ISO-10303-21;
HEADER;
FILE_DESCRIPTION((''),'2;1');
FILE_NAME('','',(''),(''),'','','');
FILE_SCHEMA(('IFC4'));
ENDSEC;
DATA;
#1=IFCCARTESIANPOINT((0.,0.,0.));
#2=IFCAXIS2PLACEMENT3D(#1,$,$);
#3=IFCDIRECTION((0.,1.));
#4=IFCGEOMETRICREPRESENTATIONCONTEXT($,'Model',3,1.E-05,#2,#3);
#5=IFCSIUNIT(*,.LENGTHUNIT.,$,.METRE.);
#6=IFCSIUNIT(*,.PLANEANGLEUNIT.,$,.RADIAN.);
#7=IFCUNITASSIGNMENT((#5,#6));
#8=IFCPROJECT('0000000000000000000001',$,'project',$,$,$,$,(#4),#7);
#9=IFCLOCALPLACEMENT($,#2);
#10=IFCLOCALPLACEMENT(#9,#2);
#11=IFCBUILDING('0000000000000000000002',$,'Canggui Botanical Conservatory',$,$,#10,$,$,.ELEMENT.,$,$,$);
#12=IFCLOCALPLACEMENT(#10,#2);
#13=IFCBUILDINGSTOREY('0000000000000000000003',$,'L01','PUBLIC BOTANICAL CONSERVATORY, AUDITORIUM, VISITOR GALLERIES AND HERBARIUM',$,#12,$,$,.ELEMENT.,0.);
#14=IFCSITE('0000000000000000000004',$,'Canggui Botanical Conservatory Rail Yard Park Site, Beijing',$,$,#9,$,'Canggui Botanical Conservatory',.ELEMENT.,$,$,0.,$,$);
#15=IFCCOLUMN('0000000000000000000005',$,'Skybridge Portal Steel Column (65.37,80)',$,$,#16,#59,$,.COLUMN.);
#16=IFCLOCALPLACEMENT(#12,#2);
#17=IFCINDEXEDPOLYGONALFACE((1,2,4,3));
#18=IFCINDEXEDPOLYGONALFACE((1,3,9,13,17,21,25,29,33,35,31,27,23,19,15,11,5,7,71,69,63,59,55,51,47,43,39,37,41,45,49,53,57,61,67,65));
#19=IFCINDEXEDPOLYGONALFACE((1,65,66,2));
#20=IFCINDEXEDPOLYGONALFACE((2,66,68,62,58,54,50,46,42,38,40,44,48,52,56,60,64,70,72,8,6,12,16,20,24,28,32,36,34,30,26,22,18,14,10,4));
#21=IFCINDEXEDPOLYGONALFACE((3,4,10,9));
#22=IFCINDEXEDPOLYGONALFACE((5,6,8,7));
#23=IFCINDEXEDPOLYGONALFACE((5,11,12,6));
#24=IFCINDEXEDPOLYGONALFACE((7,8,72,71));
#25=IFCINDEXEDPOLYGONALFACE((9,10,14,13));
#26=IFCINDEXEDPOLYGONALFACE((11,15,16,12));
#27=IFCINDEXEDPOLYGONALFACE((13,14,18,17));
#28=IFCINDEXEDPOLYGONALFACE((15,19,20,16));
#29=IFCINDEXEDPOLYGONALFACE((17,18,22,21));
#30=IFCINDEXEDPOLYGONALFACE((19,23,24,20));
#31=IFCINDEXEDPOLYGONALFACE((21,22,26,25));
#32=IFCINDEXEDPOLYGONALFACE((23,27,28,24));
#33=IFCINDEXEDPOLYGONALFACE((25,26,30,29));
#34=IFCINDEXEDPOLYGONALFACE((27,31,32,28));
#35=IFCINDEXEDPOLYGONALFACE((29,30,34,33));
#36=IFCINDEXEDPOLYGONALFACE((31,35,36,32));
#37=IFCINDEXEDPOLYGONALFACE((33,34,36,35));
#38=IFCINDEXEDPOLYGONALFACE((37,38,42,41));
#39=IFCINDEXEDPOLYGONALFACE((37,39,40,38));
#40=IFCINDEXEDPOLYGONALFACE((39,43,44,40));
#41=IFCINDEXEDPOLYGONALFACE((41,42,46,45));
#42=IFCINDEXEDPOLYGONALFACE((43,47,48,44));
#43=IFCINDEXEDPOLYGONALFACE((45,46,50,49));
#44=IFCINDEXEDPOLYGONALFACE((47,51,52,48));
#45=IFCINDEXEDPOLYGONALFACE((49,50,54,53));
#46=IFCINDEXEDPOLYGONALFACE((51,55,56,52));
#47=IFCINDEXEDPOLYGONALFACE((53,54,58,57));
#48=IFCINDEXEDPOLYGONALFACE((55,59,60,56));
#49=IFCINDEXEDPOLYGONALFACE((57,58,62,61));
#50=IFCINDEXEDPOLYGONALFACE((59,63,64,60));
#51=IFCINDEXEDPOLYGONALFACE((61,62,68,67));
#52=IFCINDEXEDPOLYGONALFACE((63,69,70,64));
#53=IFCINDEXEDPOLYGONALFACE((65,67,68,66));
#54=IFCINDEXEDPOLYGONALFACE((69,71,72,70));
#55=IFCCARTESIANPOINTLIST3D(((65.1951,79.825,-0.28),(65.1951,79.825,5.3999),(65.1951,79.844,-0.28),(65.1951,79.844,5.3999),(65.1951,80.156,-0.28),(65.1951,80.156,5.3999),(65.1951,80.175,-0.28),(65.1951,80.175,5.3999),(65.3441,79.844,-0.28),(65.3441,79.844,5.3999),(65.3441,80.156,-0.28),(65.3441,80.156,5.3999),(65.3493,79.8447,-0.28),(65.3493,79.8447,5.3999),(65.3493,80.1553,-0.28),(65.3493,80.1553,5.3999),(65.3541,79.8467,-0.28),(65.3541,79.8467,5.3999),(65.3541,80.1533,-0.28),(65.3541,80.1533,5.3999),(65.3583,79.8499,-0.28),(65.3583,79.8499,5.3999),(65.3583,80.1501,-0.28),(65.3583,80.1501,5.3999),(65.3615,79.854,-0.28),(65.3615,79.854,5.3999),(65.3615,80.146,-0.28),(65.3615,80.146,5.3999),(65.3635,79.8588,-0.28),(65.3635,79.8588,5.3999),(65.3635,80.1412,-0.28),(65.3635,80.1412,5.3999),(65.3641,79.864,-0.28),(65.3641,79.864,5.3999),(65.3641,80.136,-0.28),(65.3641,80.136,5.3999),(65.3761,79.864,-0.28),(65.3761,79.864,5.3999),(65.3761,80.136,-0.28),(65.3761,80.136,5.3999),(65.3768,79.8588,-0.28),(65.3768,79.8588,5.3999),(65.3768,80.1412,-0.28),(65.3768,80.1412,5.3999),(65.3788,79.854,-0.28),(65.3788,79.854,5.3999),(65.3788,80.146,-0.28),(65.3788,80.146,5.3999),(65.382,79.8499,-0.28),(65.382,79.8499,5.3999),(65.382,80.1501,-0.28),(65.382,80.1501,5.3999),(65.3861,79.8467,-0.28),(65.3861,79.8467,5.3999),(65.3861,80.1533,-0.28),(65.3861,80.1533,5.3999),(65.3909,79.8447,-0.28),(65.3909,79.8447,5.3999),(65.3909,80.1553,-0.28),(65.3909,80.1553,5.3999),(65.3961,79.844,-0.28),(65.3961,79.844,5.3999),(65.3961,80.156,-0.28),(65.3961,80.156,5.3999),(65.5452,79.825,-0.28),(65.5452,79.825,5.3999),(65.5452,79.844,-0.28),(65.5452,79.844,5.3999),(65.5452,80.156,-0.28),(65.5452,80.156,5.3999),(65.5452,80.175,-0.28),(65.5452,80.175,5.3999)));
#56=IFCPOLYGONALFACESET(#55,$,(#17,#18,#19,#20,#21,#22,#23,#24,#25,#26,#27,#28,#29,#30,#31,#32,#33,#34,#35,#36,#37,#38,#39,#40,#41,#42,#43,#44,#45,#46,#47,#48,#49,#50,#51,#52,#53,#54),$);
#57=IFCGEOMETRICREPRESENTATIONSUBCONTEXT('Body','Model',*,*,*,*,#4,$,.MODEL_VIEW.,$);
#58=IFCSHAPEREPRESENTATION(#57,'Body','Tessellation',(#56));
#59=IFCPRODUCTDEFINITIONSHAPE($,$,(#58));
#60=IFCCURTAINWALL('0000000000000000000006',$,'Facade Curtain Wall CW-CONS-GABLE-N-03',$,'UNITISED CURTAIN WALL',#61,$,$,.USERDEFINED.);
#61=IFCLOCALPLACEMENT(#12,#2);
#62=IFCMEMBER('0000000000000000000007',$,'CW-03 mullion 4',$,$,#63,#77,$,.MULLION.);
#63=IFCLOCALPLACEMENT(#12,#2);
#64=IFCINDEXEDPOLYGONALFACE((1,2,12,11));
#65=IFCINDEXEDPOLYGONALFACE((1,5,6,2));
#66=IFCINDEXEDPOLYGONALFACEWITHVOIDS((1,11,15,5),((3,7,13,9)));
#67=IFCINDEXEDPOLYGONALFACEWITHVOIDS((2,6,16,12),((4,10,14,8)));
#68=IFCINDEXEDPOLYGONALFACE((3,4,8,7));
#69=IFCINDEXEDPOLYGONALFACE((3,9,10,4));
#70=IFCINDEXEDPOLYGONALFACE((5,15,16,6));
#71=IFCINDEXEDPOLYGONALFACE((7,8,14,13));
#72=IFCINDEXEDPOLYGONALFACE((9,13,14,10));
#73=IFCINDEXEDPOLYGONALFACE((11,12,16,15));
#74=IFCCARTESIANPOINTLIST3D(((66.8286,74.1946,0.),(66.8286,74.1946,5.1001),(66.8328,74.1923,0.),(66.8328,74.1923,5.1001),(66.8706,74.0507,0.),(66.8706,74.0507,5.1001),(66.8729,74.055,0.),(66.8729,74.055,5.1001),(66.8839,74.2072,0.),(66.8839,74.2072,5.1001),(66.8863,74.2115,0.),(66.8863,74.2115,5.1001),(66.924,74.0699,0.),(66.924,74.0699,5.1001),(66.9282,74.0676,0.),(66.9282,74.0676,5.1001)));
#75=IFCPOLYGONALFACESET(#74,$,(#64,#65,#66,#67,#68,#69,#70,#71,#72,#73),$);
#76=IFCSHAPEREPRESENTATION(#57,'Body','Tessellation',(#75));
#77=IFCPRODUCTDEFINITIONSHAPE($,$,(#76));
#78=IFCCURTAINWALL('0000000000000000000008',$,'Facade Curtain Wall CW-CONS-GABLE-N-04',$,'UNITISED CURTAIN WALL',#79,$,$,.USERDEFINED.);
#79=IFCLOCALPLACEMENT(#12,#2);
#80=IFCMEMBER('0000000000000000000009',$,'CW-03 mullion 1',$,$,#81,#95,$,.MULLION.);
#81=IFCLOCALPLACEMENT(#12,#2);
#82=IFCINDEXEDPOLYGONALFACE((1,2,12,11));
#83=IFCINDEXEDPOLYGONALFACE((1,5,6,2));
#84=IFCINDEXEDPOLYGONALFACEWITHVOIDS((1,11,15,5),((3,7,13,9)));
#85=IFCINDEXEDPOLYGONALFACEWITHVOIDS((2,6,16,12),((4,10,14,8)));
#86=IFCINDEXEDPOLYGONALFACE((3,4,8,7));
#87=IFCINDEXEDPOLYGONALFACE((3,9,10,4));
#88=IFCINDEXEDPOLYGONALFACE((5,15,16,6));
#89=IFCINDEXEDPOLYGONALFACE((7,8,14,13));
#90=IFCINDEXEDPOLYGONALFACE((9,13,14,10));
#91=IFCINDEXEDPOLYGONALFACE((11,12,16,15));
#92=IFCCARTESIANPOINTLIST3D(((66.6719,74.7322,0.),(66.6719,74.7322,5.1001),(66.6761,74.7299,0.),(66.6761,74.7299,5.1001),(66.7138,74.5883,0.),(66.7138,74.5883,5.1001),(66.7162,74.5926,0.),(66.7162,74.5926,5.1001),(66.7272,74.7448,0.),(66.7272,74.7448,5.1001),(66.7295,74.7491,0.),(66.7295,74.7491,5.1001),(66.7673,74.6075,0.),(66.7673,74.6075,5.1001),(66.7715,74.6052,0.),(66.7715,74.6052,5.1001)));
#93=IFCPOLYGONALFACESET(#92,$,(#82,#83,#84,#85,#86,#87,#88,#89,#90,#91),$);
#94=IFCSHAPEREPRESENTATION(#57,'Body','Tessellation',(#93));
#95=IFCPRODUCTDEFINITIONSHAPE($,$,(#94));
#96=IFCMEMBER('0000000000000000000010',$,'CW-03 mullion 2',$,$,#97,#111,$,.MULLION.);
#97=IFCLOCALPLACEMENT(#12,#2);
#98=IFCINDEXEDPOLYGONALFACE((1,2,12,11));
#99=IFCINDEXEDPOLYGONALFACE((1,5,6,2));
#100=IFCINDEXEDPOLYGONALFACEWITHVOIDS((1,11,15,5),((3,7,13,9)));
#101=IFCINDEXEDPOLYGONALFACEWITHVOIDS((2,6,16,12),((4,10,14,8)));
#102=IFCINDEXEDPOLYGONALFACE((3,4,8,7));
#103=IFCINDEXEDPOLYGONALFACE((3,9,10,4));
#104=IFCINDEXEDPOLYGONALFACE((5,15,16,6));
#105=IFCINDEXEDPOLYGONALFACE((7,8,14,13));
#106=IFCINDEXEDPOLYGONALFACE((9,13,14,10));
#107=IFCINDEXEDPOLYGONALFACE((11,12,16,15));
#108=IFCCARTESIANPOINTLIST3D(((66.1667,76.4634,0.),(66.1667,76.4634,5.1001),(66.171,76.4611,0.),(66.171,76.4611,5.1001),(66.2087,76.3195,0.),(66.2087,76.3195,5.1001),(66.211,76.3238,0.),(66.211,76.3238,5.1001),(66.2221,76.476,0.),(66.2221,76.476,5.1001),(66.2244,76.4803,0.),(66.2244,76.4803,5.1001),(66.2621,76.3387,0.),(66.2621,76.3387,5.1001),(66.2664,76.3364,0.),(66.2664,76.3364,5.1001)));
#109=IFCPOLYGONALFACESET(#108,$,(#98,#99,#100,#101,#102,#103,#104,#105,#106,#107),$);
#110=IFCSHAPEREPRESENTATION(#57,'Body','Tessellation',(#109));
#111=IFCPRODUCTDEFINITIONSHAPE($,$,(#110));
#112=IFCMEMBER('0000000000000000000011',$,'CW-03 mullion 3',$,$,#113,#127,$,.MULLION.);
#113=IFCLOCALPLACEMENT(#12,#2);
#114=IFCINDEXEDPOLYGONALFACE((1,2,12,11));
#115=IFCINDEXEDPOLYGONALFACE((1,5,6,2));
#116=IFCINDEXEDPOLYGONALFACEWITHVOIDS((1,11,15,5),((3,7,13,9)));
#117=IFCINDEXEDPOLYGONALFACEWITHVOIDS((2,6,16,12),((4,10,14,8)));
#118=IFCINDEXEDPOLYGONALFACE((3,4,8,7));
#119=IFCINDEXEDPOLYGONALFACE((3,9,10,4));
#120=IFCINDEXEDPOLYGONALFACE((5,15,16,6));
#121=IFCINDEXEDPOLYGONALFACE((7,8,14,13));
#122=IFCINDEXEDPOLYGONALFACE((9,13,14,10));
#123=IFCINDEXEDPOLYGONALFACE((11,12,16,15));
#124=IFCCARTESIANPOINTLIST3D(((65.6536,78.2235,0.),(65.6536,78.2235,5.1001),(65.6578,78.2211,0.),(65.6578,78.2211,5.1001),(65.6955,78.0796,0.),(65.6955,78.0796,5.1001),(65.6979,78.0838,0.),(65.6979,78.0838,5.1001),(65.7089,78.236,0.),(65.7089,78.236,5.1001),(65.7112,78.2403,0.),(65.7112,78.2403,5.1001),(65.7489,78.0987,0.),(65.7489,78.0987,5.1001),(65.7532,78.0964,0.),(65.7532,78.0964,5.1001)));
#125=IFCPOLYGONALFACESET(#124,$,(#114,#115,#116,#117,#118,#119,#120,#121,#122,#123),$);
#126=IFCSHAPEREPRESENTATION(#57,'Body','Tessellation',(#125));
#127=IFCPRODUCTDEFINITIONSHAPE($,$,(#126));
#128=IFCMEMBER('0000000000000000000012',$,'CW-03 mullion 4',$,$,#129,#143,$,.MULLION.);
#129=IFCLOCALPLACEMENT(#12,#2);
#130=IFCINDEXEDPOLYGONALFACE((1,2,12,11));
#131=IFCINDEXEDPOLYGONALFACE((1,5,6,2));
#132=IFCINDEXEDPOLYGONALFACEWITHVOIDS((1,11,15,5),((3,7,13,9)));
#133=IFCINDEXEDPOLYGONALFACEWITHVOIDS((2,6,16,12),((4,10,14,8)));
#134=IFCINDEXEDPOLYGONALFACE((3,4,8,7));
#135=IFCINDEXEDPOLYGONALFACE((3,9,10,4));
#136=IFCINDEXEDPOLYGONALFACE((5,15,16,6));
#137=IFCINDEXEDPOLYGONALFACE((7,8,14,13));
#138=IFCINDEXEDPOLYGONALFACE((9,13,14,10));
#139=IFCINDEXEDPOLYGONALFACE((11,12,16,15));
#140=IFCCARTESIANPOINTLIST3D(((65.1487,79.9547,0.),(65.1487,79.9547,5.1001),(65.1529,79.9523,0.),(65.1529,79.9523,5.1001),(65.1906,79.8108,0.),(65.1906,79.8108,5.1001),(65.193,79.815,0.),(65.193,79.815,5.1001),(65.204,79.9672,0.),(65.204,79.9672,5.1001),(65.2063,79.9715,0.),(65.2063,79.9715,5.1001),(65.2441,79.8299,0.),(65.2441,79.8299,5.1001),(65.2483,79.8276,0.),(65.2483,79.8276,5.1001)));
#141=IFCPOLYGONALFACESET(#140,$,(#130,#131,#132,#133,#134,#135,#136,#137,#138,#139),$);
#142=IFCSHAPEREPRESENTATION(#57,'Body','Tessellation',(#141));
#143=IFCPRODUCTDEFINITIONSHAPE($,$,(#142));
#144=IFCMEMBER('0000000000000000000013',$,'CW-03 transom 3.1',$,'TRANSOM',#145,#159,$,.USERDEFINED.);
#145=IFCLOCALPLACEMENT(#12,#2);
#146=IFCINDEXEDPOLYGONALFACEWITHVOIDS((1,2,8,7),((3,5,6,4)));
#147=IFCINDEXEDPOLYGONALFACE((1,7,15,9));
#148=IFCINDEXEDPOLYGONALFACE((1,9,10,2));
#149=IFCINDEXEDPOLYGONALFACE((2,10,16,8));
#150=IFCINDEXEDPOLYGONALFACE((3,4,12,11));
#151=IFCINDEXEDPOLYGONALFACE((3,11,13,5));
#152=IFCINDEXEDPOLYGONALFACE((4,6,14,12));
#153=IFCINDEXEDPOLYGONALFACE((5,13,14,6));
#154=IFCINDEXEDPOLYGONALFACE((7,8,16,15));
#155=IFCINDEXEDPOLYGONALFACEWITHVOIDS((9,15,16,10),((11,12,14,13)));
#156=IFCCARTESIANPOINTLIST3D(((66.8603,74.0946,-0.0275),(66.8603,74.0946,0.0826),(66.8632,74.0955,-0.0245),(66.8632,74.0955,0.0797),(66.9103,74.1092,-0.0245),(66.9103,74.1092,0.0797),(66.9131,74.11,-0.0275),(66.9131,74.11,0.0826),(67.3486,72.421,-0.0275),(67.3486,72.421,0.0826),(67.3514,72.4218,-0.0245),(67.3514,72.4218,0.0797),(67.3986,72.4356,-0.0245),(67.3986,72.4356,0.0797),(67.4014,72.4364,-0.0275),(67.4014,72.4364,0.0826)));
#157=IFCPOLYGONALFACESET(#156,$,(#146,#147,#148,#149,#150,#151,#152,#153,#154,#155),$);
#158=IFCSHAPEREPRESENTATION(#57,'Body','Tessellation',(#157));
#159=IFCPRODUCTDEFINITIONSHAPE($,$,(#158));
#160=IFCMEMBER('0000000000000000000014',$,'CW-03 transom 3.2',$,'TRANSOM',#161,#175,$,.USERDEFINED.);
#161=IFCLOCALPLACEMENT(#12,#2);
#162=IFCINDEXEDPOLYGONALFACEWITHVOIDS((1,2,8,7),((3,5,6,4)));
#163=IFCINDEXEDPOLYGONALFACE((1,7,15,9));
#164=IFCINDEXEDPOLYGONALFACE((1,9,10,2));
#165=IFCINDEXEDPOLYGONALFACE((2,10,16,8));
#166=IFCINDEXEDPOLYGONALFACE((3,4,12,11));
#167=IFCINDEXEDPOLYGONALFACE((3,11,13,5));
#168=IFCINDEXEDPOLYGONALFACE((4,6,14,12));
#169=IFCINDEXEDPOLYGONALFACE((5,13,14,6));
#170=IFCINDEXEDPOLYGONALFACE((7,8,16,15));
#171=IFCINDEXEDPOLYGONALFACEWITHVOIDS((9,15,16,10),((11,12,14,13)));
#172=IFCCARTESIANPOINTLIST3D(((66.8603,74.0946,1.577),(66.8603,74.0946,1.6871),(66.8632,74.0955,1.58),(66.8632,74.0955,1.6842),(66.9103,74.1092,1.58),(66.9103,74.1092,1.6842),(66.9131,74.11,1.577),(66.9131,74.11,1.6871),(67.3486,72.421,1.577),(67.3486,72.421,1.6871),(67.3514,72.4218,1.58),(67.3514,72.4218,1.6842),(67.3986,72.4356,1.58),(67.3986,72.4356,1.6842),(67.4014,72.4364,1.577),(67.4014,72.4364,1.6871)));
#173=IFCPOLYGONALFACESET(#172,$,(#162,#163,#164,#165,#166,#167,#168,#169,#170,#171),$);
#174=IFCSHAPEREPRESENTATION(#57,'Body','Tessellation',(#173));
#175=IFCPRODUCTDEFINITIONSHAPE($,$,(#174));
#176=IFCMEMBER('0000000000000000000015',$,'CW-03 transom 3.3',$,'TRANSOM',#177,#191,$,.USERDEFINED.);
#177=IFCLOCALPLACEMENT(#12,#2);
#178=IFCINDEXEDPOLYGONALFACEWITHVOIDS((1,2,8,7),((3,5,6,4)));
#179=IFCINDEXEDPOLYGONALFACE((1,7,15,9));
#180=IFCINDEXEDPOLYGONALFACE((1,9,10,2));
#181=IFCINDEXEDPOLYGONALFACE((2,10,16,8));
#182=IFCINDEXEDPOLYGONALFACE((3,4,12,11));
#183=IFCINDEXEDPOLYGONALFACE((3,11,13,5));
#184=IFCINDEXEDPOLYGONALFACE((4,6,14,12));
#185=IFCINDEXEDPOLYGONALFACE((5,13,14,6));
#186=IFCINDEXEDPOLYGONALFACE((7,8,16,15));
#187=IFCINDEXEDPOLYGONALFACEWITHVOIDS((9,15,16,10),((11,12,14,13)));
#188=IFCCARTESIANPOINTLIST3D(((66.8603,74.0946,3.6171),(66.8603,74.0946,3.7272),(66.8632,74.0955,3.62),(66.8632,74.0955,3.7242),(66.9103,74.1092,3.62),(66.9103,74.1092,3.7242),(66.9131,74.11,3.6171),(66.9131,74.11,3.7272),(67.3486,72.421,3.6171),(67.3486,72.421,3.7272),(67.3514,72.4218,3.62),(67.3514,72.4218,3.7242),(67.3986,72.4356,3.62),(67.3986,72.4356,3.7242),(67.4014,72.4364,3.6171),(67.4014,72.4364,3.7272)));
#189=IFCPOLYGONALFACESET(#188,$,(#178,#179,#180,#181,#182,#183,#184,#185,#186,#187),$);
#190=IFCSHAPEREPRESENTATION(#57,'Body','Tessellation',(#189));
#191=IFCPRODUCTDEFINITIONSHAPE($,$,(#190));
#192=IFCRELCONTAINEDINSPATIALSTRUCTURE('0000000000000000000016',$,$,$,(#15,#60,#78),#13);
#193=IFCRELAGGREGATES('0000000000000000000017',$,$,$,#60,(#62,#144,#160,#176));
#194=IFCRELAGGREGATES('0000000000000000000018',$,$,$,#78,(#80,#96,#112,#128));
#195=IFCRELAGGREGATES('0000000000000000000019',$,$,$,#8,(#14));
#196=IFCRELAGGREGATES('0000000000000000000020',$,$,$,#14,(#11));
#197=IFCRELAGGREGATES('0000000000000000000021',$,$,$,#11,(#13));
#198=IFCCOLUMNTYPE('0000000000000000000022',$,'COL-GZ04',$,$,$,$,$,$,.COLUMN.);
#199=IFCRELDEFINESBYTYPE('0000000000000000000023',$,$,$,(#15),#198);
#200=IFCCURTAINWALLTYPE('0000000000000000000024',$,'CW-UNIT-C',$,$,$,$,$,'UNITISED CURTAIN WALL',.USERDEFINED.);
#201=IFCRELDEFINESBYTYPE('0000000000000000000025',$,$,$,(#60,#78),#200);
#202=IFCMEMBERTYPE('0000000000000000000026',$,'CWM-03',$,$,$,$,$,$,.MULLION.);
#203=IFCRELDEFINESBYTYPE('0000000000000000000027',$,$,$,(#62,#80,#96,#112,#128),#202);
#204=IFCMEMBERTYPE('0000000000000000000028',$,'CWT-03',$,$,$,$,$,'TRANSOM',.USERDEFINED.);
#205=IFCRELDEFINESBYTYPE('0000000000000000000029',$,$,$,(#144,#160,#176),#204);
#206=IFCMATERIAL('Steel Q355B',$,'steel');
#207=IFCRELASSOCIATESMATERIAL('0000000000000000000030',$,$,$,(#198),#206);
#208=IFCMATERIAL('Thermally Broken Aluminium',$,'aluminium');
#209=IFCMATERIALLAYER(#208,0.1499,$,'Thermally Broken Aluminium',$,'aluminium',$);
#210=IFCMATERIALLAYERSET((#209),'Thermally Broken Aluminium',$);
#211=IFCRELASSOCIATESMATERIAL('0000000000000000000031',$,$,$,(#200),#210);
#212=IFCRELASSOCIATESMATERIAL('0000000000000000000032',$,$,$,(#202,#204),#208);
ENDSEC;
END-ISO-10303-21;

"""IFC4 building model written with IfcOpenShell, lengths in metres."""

from ifc_helpers import new_model, si_unit, direction, frame, origin, origin_2d, place, context, subcontext, project, spatial, hollow_rectangle, i_section, extrude, material, layer, layer_set, material_profile, profile_set, type_object, element, aggregate, save


model = new_model("IFC4")

# Units and contexts
model_context = context("Model", 3, precision=1e-05, world=origin(), true_north=direction((0.0, 1.0)))
body_context = subcontext(model_context, "Body", "Model", "MODEL_VIEW")
ifc_project = project(units=[si_unit("LENGTHUNIT", "METRE"), si_unit("PLANEANGLEUNIT", "RADIAN")], contexts=[model_context])

# Site, building, storey
site_placement = place(None, origin())
site = spatial("IfcSite", under=ifc_project, at=site_placement, Name="Canggui Botanical Conservatory Rail Yard Park Site, Beijing", LongName="Canggui Botanical Conservatory", CompositionType="ELEMENT", RefElevation=0.0)
building_placement = place(site_placement, origin())
building = spatial("IfcBuilding", under=site, at=building_placement, Name="Canggui Botanical Conservatory", CompositionType="ELEMENT")
storey_placement = place(building_placement, origin())
storey = spatial("IfcBuildingStorey", under=building, at=storey_placement, Name="L01", Description="PUBLIC BOTANICAL CONSERVATORY, AUDITORIUM, VISITOR GALLERIES AND HERBARIUM", CompositionType="ELEMENT", Elevation=0.0)

# Column
ifc_material_1 = material(Name="Steel Q355B", Category="steel")
ifc_material_profile_1 = material_profile(ifc_material_1, i_section(OverallWidth=0.3501, OverallDepth=0.3501, WebThickness=0.012, FlangeThickness=0.019, FilletRadius=0.02, at=origin_2d()), Name="HW 350x350x12x19")
ifc_profile_set_1 = profile_set([ifc_material_profile_1], Name="Steel Q355B")
column_type = type_object("IfcColumnType", Name="COL-GZ04", PredefinedType="COLUMN", material=ifc_profile_set_1)
for number, where, z_axis, x_axis, name in (
    (1, (65.3701, 80.0, -0.28), (0.0, 0.0, 1.0), (1.0, 0.0, 0.0), "Skybridge Portal Steel Column (65.37,80)"),
):
    element("IfcColumn", number, at=place(storey_placement, frame(where, z_axis=z_axis, x_axis=x_axis)), inside=storey, type_object=column_type, Name=name, PredefinedType="COLUMN", context=body_context, shape_type="SweptSolid", body=[
        extrude(i_section(OverallWidth=0.3501, OverallDepth=0.3501, WebThickness=0.012, FlangeThickness=0.019, FilletRadius=0.02, at=origin_2d()), origin(), (0.0, 0.0, 1.0), 5.6799),
    ])

# Curtain wall, member
ifc_material_2 = material(Name="Thermally Broken Aluminium", Category="aluminium")
ifc_layer_1 = layer(ifc_material_2, 0.1499, Name="Thermally Broken Aluminium", Category="aluminium")
ifc_layer_set_1 = layer_set([ifc_layer_1], Name="Thermally Broken Aluminium")
curtain_wall_type = type_object("IfcCurtainWallType", Name="CW-UNIT-C", ElementType="UNITISED CURTAIN WALL", PredefinedType="USERDEFINED", material=ifc_layer_set_1)
curtain_wall_1_placement = place(storey_placement, origin())
curtain_wall_1 = element("IfcCurtainWall", 2, at=curtain_wall_1_placement, inside=storey, type_object=curtain_wall_type, Name="Facade Curtain Wall CW-CONS-GABLE-N-03", ObjectType="UNITISED CURTAIN WALL", PredefinedType="USERDEFINED")
ifc_material_profile_2 = material_profile(ifc_material_2, hollow_rectangle(XDim=0.0601, YDim=0.1499, WallThickness=0.0034, at=origin_2d()), Name="CWM 60x150x3.5")
ifc_profile_set_2 = profile_set([ifc_material_profile_2], Name="Thermally Broken Aluminium")
member_type_1 = type_object("IfcMemberType", Name="CWM-03", PredefinedType="MULLION", material=ifc_profile_set_2)
member_1_placement = place(storey_placement, frame((66.8784, 74.1311, 0.0), z_axis=(0.0, 0.0, 1.0), x_axis=(-0.96, -0.28, 0.0)))
member_1 = element("IfcMember", 3, at=member_1_placement, type_object=member_type_1, Name="CW-03 mullion 4", PredefinedType="MULLION", context=body_context, shape_type="SweptSolid", body=[
    extrude(hollow_rectangle(XDim=0.0601, YDim=0.1499, WallThickness=0.0034, at=origin_2d()), origin(), (0.0, 0.0, 1.0), 5.1001),
])

# Curtain wall, members
curtain_wall_2_placement = place(storey_placement, origin())
curtain_wall_2 = element("IfcCurtainWall", 4, at=curtain_wall_2_placement, inside=storey, type_object=curtain_wall_type, Name="Facade Curtain Wall CW-CONS-GABLE-N-04", ObjectType="UNITISED CURTAIN WALL", PredefinedType="USERDEFINED")
member_2_placement = place(storey_placement, frame((66.7217, 74.6687, 0.0), z_axis=(0.0, 0.0, 1.0), x_axis=(-0.96, -0.28, 0.0)))
member_2 = element("IfcMember", 5, at=member_2_placement, type_object=member_type_1, Name="CW-03 mullion 1", PredefinedType="MULLION", context=body_context, shape_type="SweptSolid", body=[
    extrude(hollow_rectangle(XDim=0.0601, YDim=0.1499, WallThickness=0.0034, at=origin_2d()), origin(), (0.0, 0.0, 1.0), 5.1001),
])
member_3_placement = place(storey_placement, frame((66.2166, 76.3999, 0.0), z_axis=(0.0, 0.0, 1.0), x_axis=(-0.96, -0.28, 0.0)))
member_3 = element("IfcMember", 6, at=member_3_placement, type_object=member_type_1, Name="CW-03 mullion 2", PredefinedType="MULLION", context=body_context, shape_type="SweptSolid", body=[
    extrude(hollow_rectangle(XDim=0.0601, YDim=0.1499, WallThickness=0.0034, at=origin_2d()), origin(), (0.0, 0.0, 1.0), 5.1001),
])
member_4_placement = place(storey_placement, frame((65.7034, 78.1599, 0.0), z_axis=(0.0, 0.0, 1.0), x_axis=(-0.96, -0.28, 0.0)))
member_4 = element("IfcMember", 7, at=member_4_placement, type_object=member_type_1, Name="CW-03 mullion 3", PredefinedType="MULLION", context=body_context, shape_type="SweptSolid", body=[
    extrude(hollow_rectangle(XDim=0.0601, YDim=0.1499, WallThickness=0.0034, at=origin_2d()), origin(), (0.0, 0.0, 1.0), 5.1001),
])
member_5_placement = place(storey_placement, frame((65.1985, 79.8911, 0.0), z_axis=(0.0, 0.0, 1.0), x_axis=(-0.96, -0.28, 0.0)))
member_5 = element("IfcMember", 8, at=member_5_placement, type_object=member_type_1, Name="CW-03 mullion 4", PredefinedType="MULLION", context=body_context, shape_type="SweptSolid", body=[
    extrude(hollow_rectangle(XDim=0.0601, YDim=0.1499, WallThickness=0.0034, at=origin_2d()), origin(), (0.0, 0.0, 1.0), 5.1001),
])

# Members
ifc_material_profile_3 = material_profile(ifc_material_2, hollow_rectangle(XDim=0.0549, YDim=0.1101, WallThickness=0.0029, at=origin_2d()), Name="CWT 55x110x3")
ifc_profile_set_3 = profile_set([ifc_material_profile_3], Name="Thermally Broken Aluminium")
member_type_2 = type_object("IfcMemberType", Name="CWT-03", ElementType="TRANSOM", PredefinedType="USERDEFINED", material=ifc_profile_set_3)
member_6_placement = place(storey_placement, frame((67.375, 72.4287, 0.0276), z_axis=(-0.280081, 0.959976, 0.0), x_axis=(-0.959976, -0.280081, 0.0)))
member_6 = element("IfcMember", 9, at=member_6_placement, type_object=member_type_2, Name="CW-03 transom 3.1", ObjectType="TRANSOM", PredefinedType="USERDEFINED", context=body_context, shape_type="SweptSolid", body=[
    extrude(hollow_rectangle(XDim=0.0549, YDim=0.1101, WallThickness=0.0029, at=origin_2d()), origin(), (0.0, 0.0, 1.0), 1.7434),
])
member_7_placement = place(storey_placement, frame((67.375, 72.4287, 1.6321), z_axis=(-0.280081, 0.959976, 0.0), x_axis=(-0.959976, -0.280081, 0.0)))
member_7 = element("IfcMember", 10, at=member_7_placement, type_object=member_type_2, Name="CW-03 transom 3.2", ObjectType="TRANSOM", PredefinedType="USERDEFINED", context=body_context, shape_type="SweptSolid", body=[
    extrude(hollow_rectangle(XDim=0.0549, YDim=0.1101, WallThickness=0.0029, at=origin_2d()), origin(), (0.0, 0.0, 1.0), 1.7434),
])
member_8_placement = place(storey_placement, frame((67.375, 72.4287, 3.6721), z_axis=(-0.280081, 0.959976, 0.0), x_axis=(-0.959976, -0.280081, 0.0)))
member_8 = element("IfcMember", 11, at=member_8_placement, type_object=member_type_2, Name="CW-03 transom 3.3", ObjectType="TRANSOM", PredefinedType="USERDEFINED", context=body_context, shape_type="SweptSolid", body=[
    extrude(hollow_rectangle(XDim=0.0549, YDim=0.1101, WallThickness=0.0029, at=origin_2d()), origin(), (0.0, 0.0, 1.0), 1.7434),
])

aggregate(curtain_wall_1, [member_1, member_6, member_7, member_8])
aggregate(curtain_wall_2, [member_2, member_3, member_4, member_5])

save(model, "model.ifc")
